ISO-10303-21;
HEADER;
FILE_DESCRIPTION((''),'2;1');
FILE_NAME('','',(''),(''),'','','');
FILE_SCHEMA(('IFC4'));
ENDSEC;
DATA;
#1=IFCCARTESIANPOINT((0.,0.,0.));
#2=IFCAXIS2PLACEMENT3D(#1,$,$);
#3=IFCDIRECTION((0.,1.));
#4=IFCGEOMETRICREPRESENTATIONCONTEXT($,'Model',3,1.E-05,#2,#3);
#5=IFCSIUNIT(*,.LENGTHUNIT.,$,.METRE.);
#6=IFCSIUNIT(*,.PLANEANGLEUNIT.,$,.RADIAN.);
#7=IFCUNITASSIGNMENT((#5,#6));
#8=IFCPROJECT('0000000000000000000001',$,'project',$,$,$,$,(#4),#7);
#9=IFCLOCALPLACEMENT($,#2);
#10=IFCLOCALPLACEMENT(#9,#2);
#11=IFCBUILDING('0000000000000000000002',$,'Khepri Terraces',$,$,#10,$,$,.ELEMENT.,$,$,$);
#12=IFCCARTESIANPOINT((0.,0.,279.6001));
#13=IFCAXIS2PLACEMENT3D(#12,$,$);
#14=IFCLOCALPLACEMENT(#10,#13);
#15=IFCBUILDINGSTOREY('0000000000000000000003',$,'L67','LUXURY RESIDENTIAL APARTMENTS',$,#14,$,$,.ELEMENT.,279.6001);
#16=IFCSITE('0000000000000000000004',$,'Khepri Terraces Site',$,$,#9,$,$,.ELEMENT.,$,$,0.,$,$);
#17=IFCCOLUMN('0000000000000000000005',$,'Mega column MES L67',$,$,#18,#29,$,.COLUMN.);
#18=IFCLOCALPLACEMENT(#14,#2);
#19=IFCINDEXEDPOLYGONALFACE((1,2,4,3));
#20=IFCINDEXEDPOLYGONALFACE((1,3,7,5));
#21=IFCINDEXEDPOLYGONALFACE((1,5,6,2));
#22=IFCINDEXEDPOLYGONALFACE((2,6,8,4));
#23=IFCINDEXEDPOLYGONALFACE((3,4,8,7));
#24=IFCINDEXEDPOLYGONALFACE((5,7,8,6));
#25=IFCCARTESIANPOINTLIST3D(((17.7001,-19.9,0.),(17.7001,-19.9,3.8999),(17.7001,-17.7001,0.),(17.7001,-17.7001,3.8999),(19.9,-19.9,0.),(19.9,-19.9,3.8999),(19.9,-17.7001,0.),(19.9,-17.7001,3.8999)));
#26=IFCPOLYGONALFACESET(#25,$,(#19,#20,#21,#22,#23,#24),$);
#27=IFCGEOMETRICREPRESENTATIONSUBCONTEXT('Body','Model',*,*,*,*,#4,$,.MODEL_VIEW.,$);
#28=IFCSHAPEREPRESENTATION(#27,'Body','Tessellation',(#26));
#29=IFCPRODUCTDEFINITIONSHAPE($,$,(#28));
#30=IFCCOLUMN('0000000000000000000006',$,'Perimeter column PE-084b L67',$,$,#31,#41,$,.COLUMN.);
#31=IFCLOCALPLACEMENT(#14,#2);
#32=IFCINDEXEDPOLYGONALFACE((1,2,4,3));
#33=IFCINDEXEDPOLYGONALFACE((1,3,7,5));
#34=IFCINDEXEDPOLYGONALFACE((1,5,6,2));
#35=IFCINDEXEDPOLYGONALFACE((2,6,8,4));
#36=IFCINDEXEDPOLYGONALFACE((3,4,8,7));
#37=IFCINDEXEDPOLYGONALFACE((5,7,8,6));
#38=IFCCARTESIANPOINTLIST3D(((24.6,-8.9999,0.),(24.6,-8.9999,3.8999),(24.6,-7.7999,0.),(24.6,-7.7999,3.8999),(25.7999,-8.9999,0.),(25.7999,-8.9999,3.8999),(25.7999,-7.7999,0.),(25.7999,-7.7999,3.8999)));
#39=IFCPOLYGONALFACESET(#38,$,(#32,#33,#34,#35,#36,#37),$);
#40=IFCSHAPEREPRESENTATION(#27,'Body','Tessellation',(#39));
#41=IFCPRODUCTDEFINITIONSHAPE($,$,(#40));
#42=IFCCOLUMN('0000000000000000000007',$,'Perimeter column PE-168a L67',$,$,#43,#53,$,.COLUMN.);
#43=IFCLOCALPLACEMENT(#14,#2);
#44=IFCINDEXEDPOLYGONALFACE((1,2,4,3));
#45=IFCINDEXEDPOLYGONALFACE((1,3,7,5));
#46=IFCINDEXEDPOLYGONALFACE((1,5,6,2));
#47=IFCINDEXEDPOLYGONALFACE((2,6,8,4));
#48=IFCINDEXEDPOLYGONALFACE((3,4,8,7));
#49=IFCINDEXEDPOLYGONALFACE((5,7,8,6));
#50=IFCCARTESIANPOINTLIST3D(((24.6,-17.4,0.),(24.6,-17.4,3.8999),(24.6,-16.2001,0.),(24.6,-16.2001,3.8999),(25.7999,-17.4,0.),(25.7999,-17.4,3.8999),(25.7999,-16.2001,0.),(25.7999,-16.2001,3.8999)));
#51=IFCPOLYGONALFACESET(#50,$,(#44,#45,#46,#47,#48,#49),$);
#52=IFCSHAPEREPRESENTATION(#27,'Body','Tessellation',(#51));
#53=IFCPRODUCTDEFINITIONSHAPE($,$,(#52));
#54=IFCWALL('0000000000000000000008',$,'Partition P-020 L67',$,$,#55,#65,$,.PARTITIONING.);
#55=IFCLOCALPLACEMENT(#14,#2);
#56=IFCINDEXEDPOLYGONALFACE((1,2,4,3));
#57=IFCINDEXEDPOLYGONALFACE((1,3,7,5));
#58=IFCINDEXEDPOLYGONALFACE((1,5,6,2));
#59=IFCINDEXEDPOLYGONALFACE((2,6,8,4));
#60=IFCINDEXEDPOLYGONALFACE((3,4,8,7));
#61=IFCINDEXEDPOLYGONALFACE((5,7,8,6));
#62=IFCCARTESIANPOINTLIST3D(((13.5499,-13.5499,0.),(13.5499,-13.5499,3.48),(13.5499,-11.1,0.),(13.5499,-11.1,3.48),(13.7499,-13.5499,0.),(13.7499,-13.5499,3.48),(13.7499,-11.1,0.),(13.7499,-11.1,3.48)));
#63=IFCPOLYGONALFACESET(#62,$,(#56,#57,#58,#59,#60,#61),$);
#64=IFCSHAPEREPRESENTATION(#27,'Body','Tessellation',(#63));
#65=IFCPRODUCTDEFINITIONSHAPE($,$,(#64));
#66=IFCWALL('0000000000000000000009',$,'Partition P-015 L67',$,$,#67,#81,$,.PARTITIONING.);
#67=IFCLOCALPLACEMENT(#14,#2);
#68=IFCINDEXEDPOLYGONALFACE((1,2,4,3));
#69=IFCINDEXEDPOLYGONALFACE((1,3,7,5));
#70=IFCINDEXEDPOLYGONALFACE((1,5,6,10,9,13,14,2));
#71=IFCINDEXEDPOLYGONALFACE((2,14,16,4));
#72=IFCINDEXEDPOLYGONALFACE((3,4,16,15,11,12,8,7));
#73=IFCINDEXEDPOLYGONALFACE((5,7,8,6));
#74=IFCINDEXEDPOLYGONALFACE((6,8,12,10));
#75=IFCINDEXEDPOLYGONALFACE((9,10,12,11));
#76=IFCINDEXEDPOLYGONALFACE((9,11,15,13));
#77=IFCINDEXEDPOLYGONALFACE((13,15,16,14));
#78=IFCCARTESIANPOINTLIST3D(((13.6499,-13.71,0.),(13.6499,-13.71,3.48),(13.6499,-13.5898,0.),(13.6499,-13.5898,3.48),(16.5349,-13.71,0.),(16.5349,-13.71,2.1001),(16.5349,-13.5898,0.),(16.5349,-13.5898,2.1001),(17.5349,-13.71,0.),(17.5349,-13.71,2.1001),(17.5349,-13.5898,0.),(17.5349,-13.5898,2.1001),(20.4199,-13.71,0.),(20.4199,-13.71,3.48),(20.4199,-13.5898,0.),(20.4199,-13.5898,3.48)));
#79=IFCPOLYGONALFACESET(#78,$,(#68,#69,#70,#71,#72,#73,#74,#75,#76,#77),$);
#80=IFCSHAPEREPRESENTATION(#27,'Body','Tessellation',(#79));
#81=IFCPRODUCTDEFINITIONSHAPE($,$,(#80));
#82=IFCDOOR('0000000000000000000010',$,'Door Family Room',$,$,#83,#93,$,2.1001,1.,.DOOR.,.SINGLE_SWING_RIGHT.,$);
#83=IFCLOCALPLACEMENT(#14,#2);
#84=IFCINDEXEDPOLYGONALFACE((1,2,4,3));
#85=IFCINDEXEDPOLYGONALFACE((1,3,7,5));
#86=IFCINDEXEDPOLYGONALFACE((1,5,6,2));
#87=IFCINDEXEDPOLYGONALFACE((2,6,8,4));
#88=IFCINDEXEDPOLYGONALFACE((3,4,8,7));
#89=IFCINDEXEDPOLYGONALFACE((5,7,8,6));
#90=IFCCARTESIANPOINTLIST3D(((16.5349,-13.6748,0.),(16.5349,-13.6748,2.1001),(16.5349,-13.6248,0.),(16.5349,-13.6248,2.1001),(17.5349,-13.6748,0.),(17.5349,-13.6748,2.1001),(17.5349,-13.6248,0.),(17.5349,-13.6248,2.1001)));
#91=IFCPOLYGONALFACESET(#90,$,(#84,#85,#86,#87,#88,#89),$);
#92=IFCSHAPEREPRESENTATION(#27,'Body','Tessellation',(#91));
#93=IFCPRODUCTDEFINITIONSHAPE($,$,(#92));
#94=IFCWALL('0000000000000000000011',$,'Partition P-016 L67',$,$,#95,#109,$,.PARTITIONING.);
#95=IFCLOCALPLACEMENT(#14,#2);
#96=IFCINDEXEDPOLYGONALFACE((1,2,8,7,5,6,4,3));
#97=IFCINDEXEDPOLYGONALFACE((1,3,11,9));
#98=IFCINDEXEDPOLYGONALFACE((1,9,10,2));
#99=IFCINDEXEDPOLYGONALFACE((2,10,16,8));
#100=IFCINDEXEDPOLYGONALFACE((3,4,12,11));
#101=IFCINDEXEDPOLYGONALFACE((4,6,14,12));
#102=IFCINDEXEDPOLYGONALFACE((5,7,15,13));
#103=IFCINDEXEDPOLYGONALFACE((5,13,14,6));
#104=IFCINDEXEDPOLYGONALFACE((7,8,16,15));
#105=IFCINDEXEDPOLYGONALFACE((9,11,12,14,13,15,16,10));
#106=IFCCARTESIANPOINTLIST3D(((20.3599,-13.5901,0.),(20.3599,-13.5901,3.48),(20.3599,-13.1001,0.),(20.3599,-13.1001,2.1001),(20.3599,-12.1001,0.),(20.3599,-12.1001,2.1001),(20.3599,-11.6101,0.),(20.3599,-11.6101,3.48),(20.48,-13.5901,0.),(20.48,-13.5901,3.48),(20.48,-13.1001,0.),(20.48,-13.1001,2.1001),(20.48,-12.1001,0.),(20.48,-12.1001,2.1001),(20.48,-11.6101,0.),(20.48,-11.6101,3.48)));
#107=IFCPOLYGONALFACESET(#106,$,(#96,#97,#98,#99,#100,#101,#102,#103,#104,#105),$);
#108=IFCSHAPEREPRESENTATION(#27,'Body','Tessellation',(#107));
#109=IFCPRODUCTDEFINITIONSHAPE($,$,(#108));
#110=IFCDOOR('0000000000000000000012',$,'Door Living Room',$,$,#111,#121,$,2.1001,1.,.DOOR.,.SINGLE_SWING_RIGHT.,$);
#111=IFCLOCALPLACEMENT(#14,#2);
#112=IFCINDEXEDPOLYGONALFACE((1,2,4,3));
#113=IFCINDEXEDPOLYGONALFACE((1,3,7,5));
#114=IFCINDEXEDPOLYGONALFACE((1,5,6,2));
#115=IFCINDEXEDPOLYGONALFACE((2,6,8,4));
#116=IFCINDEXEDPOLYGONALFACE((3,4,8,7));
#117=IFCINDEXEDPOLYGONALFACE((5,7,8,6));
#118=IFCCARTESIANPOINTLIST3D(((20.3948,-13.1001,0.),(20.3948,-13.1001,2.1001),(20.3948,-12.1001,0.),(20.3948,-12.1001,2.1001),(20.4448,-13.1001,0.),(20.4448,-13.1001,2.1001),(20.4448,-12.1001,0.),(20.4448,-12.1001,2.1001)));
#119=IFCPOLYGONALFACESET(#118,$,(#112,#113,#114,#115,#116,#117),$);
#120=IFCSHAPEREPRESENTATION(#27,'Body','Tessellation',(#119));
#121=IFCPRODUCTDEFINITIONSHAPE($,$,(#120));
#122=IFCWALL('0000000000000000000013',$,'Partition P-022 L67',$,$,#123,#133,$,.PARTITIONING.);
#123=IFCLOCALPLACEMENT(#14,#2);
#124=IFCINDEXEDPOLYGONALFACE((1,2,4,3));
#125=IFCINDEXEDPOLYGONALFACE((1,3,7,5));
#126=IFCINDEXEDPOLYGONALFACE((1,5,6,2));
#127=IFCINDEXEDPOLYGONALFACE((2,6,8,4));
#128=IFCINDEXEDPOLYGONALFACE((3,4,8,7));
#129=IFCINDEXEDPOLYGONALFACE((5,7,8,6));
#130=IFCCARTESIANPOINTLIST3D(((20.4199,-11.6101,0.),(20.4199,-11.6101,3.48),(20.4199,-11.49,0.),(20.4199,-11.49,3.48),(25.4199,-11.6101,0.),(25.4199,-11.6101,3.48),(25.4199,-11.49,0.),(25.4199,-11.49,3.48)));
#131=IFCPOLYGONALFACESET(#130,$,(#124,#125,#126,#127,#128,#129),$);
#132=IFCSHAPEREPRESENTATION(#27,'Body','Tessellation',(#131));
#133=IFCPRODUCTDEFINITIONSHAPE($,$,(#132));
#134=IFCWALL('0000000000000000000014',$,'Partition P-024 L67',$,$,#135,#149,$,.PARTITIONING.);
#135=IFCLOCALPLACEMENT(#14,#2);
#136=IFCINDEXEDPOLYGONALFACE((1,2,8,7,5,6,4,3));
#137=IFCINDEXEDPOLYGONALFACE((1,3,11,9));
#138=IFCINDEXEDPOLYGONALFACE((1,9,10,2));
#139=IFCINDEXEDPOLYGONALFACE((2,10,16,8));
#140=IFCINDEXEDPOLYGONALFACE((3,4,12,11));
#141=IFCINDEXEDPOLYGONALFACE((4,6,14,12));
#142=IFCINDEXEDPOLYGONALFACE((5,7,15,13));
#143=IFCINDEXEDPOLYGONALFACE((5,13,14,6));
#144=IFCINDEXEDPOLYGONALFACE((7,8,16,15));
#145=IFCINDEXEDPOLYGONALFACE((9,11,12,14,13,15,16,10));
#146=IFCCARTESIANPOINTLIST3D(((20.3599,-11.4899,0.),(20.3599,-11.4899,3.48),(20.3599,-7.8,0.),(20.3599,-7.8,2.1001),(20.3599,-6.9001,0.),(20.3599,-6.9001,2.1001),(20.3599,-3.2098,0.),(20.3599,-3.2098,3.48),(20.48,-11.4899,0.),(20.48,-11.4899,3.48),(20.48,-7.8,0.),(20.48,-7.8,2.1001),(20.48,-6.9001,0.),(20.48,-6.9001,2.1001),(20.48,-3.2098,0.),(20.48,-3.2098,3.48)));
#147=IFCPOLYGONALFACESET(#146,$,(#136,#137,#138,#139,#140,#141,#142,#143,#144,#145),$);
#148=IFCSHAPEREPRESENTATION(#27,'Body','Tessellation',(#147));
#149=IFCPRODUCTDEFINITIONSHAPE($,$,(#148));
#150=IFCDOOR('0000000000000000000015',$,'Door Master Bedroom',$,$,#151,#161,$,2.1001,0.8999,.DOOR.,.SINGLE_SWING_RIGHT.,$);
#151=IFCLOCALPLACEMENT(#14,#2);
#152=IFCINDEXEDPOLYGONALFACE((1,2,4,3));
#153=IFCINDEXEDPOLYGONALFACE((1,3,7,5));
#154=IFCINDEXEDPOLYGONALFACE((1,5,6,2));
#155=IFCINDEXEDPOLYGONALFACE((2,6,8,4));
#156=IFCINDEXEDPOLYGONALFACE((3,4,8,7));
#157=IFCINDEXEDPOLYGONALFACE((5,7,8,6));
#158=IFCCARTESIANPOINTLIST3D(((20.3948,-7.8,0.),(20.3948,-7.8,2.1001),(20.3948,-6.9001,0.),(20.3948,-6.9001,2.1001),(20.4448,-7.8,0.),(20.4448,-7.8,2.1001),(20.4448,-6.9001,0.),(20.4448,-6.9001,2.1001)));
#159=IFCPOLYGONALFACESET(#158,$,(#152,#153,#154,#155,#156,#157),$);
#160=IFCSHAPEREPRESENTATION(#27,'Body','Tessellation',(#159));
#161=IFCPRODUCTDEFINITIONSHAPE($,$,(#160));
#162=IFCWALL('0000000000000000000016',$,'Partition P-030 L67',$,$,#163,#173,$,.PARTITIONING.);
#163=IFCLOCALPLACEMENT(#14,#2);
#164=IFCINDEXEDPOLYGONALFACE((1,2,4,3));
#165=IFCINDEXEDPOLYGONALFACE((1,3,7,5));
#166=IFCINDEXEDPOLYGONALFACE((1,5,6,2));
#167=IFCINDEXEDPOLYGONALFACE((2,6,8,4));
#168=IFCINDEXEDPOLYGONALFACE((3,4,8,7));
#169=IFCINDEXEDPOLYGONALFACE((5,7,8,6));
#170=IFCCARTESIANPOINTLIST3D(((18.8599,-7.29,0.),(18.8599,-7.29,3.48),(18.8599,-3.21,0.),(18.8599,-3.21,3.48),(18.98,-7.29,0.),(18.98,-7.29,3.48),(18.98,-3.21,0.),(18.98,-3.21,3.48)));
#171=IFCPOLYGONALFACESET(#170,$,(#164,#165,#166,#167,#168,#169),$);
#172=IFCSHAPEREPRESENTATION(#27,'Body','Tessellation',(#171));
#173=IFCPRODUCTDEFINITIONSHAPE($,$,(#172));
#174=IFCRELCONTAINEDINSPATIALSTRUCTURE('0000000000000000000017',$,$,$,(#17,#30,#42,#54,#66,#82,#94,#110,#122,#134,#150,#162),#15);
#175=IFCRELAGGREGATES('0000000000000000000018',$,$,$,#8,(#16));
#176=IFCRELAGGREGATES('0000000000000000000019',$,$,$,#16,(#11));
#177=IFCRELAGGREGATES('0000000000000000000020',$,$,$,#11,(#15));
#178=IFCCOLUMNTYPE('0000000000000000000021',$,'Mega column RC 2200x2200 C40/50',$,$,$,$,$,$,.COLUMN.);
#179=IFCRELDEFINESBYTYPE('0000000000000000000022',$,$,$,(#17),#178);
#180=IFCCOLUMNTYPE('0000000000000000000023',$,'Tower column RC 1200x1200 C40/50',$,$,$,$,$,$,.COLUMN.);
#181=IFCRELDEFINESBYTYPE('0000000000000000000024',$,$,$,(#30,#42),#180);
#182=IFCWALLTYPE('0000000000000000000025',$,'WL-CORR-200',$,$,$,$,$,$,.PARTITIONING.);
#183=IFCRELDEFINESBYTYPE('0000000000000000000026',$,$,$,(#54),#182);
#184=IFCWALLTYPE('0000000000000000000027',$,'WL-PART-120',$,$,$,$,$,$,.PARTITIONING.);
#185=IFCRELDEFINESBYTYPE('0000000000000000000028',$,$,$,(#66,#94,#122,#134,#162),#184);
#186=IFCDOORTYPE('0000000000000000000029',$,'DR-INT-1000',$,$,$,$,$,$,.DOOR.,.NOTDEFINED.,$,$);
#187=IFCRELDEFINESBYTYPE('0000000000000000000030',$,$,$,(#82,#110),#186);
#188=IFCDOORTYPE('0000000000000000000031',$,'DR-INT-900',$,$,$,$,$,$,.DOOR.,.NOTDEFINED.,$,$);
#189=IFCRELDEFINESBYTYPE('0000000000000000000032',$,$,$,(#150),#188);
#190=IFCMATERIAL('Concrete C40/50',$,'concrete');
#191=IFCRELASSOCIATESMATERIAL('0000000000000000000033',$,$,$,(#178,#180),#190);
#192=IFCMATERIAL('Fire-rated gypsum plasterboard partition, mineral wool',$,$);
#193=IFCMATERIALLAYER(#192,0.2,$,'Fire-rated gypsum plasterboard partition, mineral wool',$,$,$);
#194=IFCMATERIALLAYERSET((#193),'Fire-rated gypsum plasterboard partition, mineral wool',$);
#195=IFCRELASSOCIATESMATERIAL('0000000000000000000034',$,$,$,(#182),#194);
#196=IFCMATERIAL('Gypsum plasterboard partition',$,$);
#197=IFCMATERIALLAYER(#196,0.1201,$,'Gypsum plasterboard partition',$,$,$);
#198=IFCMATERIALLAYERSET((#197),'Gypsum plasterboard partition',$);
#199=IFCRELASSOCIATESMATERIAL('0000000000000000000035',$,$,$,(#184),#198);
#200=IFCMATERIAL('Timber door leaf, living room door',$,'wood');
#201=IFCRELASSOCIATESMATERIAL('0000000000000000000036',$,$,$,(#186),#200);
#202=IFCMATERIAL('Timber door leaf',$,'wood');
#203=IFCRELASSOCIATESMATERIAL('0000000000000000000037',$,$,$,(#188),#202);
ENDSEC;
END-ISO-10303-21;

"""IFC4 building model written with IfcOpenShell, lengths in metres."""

from ifc_helpers import new_model, si_unit, direction, frame, frame_2d, origin, origin_2d, place, context, subcontext, project, spatial, rectangle, extrude, material, layer, layer_set, material_profile, profile_set, type_object, element, fill, save


model = new_model("IFC4")

# Units and contexts
model_context = context("Model", 3, precision=1e-05, world=origin(), true_north=direction((0.0, 1.0)))
body_context = subcontext(model_context, "Body", "Model", "MODEL_VIEW")
ifc_project = project(units=[si_unit("LENGTHUNIT", "METRE"), si_unit("PLANEANGLEUNIT", "RADIAN")], contexts=[model_context])

# Site, building, storey
site_placement = place(None, origin())
site = spatial("IfcSite", under=ifc_project, at=site_placement, Name="Khepri Terraces Site", CompositionType="ELEMENT", RefElevation=0.0)
building_placement = place(site_placement, origin())
building = spatial("IfcBuilding", under=site, at=building_placement, Name="Khepri Terraces", CompositionType="ELEMENT")
storey_placement = place(building_placement, frame((0.0, 0.0, 279.6001)))
storey = spatial("IfcBuildingStorey", under=building, at=storey_placement, Name="L67", Description="LUXURY RESIDENTIAL APARTMENTS", CompositionType="ELEMENT", Elevation=279.6001)

# Columns
ifc_material_1 = material(Name="Concrete C40/50", Category="concrete")
ifc_material_profile_1 = material_profile(ifc_material_1, rectangle(XDim=2.2, YDim=2.2, at=origin_2d()), Name="Concrete C40/50", Category="concrete")
ifc_profile_set_1 = profile_set([ifc_material_profile_1], Name="Concrete C40/50")
column_type_1 = type_object("IfcColumnType", Name="Mega column RC 2200x2200 C40/50", PredefinedType="COLUMN", material=ifc_profile_set_1)
column_placement = place(storey_placement, frame((18.8, -18.8, 0.0), z_axis=(0.0, 0.0, 1.0), x_axis=(1.0, 0.0, 0.0)))
element("IfcColumn", 1, at=column_placement, inside=storey, type_object=column_type_1, Name="Mega column MES L67", PredefinedType="COLUMN", context=body_context, shape_type="SweptSolid", body=[
    extrude(rectangle(XDim=2.2, YDim=2.2, at=origin_2d()), origin(), (0.0, 0.0, 1.0), 3.8999),
])
ifc_material_profile_2 = material_profile(ifc_material_1, rectangle(XDim=1.2, YDim=1.2, at=origin_2d()), Name="Concrete C40/50", Category="concrete")
ifc_profile_set_2 = profile_set([ifc_material_profile_2], Name="Concrete C40/50")
column_type_2 = type_object("IfcColumnType", Name="Tower column RC 1200x1200 C40/50", PredefinedType="COLUMN", material=ifc_profile_set_2)
for number, where, z_axis, x_axis, name in (
    (2, (25.2, -8.3999, 0.0), (0.0, 0.0, 1.0), (1.0, 0.0, 0.0), "Perimeter column PE-084b L67"),
    (3, (25.2, -16.8, 0.0), (0.0, 0.0, 1.0), (1.0, 0.0, 0.0), "Perimeter column PE-168a L67"),
):
    element("IfcColumn", number, at=place(storey_placement, frame(where, z_axis=z_axis, x_axis=x_axis)), inside=storey, type_object=column_type_2, Name=name, PredefinedType="COLUMN", context=body_context, shape_type="SweptSolid", body=[
        extrude(rectangle(XDim=1.2, YDim=1.2, at=origin_2d()), origin(), (0.0, 0.0, 1.0), 3.8999),
    ])

# Wall
ifc_material_2 = material(Name="Fire-rated gypsum plasterboard partition, mineral wool")
ifc_layer_1 = layer(ifc_material_2, 0.2, Name="Fire-rated gypsum plasterboard partition, mineral wool")
ifc_layer_set_1 = layer_set([ifc_layer_1], Name="Fire-rated gypsum plasterboard partition, mineral wool")
wall_type_1 = type_object("IfcWallType", Name="WL-CORR-200", PredefinedType="PARTITIONING", material=ifc_layer_set_1)
wall_1_placement = place(storey_placement, frame((13.6499, -13.55, 0.0), z_axis=(0.0, 0.0, 1.0), x_axis=(0.0, 1.0, 0.0)))
element("IfcWall", 4, at=wall_1_placement, inside=storey, type_object=wall_type_1, Name="Partition P-020 L67", PredefinedType="PARTITIONING", context=body_context, shape_type="SweptSolid", body=[
    extrude(rectangle(XDim=2.45, YDim=0.2, at=frame_2d((1.2251, 0.0))), origin(), (0.0, 0.0, 1.0), 3.48),
])

# Walls, openings, doors
ifc_material_3 = material(Name="Gypsum plasterboard partition")
ifc_layer_2 = layer(ifc_material_3, 0.1201, Name="Gypsum plasterboard partition")
ifc_layer_set_2 = layer_set([ifc_layer_2], Name="Gypsum plasterboard partition")
wall_type_2 = type_object("IfcWallType", Name="WL-PART-120", PredefinedType="PARTITIONING", material=ifc_layer_set_2)
wall_2_placement = place(storey_placement, frame((13.6499, -13.6499, 0.0), z_axis=(0.0, 0.0, 1.0), x_axis=(1.0, 0.0, 0.0)))
wall_2 = element("IfcWall", 5, at=wall_2_placement, inside=storey, type_object=wall_type_2, Name="Partition P-015 L67", PredefinedType="PARTITIONING", context=body_context, shape_type="SweptSolid", body=[
    extrude(rectangle(XDim=6.77, YDim=0.1201, at=frame_2d((3.385, 0.0))), origin(), (0.0, 0.0, 1.0), 3.48),
])
opening_1_placement = place(wall_2_placement, frame((2.885, 0.0, 0.0)))
opening_1 = element("IfcOpeningElement", 6, at=opening_1_placement, cuts=wall_2, PredefinedType="OPENING", context=body_context, shape_type="SweptSolid", body=[
    extrude(rectangle(XDim=1.0, YDim=2.1001, at=frame_2d((0.5, 1.05))), frame((0.0, 0.0701, 0.0), z_axis=(0.0, -1.0, 0.0), x_axis=(1.0, 0.0, 0.0)), (0.0, 0.0, 1.0), 0.1401),
])
ifc_material_4 = material(Name="Timber door leaf, living room door", Category="wood")
door_type_1 = type_object("IfcDoorType", Name="DR-INT-1000", OperationType="NOTDEFINED", PredefinedType="DOOR", material=ifc_material_4)
door_1_placement = place(opening_1_placement, frame((1.0, 0.0, 0.0), z_axis=(0.0, 0.0, 1.0), x_axis=(-1.0, 0.0, 0.0)))
door_1 = element("IfcDoor", 7, at=door_1_placement, inside=storey, type_object=door_type_1, Name="Door Family Room", OperationType="SINGLE_SWING_RIGHT", OverallHeight=2.1001, OverallWidth=1.0, PredefinedType="DOOR", context=body_context, shape_type="SweptSolid", body=[
    extrude(rectangle(XDim=1.0, YDim=2.1001, at=frame_2d((0.5, 1.05))), frame((0.0, 0.0249, 0.0), z_axis=(0.0, -1.0, 0.0), x_axis=(1.0, 0.0, 0.0)), (0.0, 0.0, 1.0), 0.05),
])
fill(opening_1, door_1)
wall_3_placement = place(storey_placement, frame((20.4199, -13.5901, 0.0), z_axis=(0.0, 0.0, 1.0), x_axis=(0.0, 1.0, 0.0)))
wall_3 = element("IfcWall", 8, at=wall_3_placement, inside=storey, type_object=wall_type_2, Name="Partition P-016 L67", PredefinedType="PARTITIONING", context=body_context, shape_type="SweptSolid", body=[
    extrude(rectangle(XDim=1.98, YDim=0.1201, at=frame_2d((0.99, 0.0))), origin(), (0.0, 0.0, 1.0), 3.48),
])
opening_2_placement = place(wall_3_placement, frame((0.49, 0.0, 0.0)))
opening_2 = element("IfcOpeningElement", 9, at=opening_2_placement, cuts=wall_3, PredefinedType="OPENING", context=body_context, shape_type="SweptSolid", body=[
    extrude(rectangle(XDim=1.0, YDim=2.1001, at=frame_2d((0.5, 1.05))), frame((0.0, 0.0701, 0.0), z_axis=(0.0, -1.0, 0.0), x_axis=(1.0, 0.0, 0.0)), (0.0, 0.0, 1.0), 0.1401),
])
door_2_placement = place(opening_2_placement, frame((1.0, 0.0, 0.0), z_axis=(0.0, 0.0, 1.0), x_axis=(-1.0, 0.0, 0.0)))
door_2 = element("IfcDoor", 10, at=door_2_placement, inside=storey, type_object=door_type_1, Name="Door Living Room", OperationType="SINGLE_SWING_RIGHT", OverallHeight=2.1001, OverallWidth=1.0, PredefinedType="DOOR", context=body_context, shape_type="SweptSolid", body=[
    extrude(rectangle(XDim=1.0, YDim=2.1001, at=frame_2d((0.5, 1.05))), frame((0.0, 0.0249, 0.0), z_axis=(0.0, -1.0, 0.0), x_axis=(1.0, 0.0, 0.0)), (0.0, 0.0, 1.0), 0.05),
])
fill(opening_2, door_2)

# Wall
wall_4_placement = place(storey_placement, frame((20.4199, -11.55, 0.0), z_axis=(0.0, 0.0, 1.0), x_axis=(1.0, 0.0, 0.0)))
element("IfcWall", 11, at=wall_4_placement, inside=storey, type_object=wall_type_2, Name="Partition P-022 L67", PredefinedType="PARTITIONING", context=body_context, shape_type="SweptSolid", body=[
    extrude(rectangle(XDim=5.0, YDim=0.1201, at=frame_2d((2.5, 0.0))), origin(), (0.0, 0.0, 1.0), 3.48),
])

# Wall, opening, door
wall_5_placement = place(storey_placement, frame((20.4199, -11.49, 0.0), z_axis=(0.0, 0.0, 1.0), x_axis=(0.0, 1.0, 0.0)))
wall_5 = element("IfcWall", 12, at=wall_5_placement, inside=storey, type_object=wall_type_2, Name="Partition P-024 L67", PredefinedType="PARTITIONING", context=body_context, shape_type="SweptSolid", body=[
    extrude(rectangle(XDim=8.28, YDim=0.1201, at=frame_2d((4.1401, 0.0))), origin(), (0.0, 0.0, 1.0), 3.48),
])
opening_3_placement = place(wall_5_placement, frame((3.6899, 0.0, 0.0)))
opening_3 = element("IfcOpeningElement", 13, at=opening_3_placement, cuts=wall_5, PredefinedType="OPENING", context=body_context, shape_type="SweptSolid", body=[
    extrude(rectangle(XDim=0.8999, YDim=2.1001, at=frame_2d((0.45, 1.05))), frame((0.0, 0.0701, 0.0), z_axis=(0.0, -1.0, 0.0), x_axis=(1.0, 0.0, 0.0)), (0.0, 0.0, 1.0), 0.1401),
])
ifc_material_5 = material(Name="Timber door leaf", Category="wood")
door_type_2 = type_object("IfcDoorType", Name="DR-INT-900", OperationType="NOTDEFINED", PredefinedType="DOOR", material=ifc_material_5)
door_3_placement = place(opening_3_placement, frame((0.8999, 0.0, 0.0), z_axis=(0.0, 0.0, 1.0), x_axis=(-1.0, 0.0, 0.0)))
door_3 = element("IfcDoor", 14, at=door_3_placement, inside=storey, type_object=door_type_2, Name="Door Master Bedroom", OperationType="SINGLE_SWING_RIGHT", OverallHeight=2.1001, OverallWidth=0.8999, PredefinedType="DOOR", context=body_context, shape_type="SweptSolid", body=[
    extrude(rectangle(XDim=0.8999, YDim=2.1001, at=frame_2d((0.45, 1.05))), frame((0.0, 0.0249, 0.0), z_axis=(0.0, -1.0, 0.0), x_axis=(1.0, 0.0, 0.0)), (0.0, 0.0, 1.0), 0.05),
])
fill(opening_3, door_3)

# Wall
wall_6_placement = place(storey_placement, frame((18.9199, -7.29, 0.0), z_axis=(0.0, 0.0, 1.0), x_axis=(0.0, 1.0, 0.0)))
element("IfcWall", 15, at=wall_6_placement, inside=storey, type_object=wall_type_2, Name="Partition P-030 L67", PredefinedType="PARTITIONING", context=body_context, shape_type="SweptSolid", body=[
    extrude(rectangle(XDim=4.0801, YDim=0.1201, at=frame_2d((2.04, 0.0))), origin(), (0.0, 0.0, 1.0), 3.48),
])

save(model, "model.ifc")
